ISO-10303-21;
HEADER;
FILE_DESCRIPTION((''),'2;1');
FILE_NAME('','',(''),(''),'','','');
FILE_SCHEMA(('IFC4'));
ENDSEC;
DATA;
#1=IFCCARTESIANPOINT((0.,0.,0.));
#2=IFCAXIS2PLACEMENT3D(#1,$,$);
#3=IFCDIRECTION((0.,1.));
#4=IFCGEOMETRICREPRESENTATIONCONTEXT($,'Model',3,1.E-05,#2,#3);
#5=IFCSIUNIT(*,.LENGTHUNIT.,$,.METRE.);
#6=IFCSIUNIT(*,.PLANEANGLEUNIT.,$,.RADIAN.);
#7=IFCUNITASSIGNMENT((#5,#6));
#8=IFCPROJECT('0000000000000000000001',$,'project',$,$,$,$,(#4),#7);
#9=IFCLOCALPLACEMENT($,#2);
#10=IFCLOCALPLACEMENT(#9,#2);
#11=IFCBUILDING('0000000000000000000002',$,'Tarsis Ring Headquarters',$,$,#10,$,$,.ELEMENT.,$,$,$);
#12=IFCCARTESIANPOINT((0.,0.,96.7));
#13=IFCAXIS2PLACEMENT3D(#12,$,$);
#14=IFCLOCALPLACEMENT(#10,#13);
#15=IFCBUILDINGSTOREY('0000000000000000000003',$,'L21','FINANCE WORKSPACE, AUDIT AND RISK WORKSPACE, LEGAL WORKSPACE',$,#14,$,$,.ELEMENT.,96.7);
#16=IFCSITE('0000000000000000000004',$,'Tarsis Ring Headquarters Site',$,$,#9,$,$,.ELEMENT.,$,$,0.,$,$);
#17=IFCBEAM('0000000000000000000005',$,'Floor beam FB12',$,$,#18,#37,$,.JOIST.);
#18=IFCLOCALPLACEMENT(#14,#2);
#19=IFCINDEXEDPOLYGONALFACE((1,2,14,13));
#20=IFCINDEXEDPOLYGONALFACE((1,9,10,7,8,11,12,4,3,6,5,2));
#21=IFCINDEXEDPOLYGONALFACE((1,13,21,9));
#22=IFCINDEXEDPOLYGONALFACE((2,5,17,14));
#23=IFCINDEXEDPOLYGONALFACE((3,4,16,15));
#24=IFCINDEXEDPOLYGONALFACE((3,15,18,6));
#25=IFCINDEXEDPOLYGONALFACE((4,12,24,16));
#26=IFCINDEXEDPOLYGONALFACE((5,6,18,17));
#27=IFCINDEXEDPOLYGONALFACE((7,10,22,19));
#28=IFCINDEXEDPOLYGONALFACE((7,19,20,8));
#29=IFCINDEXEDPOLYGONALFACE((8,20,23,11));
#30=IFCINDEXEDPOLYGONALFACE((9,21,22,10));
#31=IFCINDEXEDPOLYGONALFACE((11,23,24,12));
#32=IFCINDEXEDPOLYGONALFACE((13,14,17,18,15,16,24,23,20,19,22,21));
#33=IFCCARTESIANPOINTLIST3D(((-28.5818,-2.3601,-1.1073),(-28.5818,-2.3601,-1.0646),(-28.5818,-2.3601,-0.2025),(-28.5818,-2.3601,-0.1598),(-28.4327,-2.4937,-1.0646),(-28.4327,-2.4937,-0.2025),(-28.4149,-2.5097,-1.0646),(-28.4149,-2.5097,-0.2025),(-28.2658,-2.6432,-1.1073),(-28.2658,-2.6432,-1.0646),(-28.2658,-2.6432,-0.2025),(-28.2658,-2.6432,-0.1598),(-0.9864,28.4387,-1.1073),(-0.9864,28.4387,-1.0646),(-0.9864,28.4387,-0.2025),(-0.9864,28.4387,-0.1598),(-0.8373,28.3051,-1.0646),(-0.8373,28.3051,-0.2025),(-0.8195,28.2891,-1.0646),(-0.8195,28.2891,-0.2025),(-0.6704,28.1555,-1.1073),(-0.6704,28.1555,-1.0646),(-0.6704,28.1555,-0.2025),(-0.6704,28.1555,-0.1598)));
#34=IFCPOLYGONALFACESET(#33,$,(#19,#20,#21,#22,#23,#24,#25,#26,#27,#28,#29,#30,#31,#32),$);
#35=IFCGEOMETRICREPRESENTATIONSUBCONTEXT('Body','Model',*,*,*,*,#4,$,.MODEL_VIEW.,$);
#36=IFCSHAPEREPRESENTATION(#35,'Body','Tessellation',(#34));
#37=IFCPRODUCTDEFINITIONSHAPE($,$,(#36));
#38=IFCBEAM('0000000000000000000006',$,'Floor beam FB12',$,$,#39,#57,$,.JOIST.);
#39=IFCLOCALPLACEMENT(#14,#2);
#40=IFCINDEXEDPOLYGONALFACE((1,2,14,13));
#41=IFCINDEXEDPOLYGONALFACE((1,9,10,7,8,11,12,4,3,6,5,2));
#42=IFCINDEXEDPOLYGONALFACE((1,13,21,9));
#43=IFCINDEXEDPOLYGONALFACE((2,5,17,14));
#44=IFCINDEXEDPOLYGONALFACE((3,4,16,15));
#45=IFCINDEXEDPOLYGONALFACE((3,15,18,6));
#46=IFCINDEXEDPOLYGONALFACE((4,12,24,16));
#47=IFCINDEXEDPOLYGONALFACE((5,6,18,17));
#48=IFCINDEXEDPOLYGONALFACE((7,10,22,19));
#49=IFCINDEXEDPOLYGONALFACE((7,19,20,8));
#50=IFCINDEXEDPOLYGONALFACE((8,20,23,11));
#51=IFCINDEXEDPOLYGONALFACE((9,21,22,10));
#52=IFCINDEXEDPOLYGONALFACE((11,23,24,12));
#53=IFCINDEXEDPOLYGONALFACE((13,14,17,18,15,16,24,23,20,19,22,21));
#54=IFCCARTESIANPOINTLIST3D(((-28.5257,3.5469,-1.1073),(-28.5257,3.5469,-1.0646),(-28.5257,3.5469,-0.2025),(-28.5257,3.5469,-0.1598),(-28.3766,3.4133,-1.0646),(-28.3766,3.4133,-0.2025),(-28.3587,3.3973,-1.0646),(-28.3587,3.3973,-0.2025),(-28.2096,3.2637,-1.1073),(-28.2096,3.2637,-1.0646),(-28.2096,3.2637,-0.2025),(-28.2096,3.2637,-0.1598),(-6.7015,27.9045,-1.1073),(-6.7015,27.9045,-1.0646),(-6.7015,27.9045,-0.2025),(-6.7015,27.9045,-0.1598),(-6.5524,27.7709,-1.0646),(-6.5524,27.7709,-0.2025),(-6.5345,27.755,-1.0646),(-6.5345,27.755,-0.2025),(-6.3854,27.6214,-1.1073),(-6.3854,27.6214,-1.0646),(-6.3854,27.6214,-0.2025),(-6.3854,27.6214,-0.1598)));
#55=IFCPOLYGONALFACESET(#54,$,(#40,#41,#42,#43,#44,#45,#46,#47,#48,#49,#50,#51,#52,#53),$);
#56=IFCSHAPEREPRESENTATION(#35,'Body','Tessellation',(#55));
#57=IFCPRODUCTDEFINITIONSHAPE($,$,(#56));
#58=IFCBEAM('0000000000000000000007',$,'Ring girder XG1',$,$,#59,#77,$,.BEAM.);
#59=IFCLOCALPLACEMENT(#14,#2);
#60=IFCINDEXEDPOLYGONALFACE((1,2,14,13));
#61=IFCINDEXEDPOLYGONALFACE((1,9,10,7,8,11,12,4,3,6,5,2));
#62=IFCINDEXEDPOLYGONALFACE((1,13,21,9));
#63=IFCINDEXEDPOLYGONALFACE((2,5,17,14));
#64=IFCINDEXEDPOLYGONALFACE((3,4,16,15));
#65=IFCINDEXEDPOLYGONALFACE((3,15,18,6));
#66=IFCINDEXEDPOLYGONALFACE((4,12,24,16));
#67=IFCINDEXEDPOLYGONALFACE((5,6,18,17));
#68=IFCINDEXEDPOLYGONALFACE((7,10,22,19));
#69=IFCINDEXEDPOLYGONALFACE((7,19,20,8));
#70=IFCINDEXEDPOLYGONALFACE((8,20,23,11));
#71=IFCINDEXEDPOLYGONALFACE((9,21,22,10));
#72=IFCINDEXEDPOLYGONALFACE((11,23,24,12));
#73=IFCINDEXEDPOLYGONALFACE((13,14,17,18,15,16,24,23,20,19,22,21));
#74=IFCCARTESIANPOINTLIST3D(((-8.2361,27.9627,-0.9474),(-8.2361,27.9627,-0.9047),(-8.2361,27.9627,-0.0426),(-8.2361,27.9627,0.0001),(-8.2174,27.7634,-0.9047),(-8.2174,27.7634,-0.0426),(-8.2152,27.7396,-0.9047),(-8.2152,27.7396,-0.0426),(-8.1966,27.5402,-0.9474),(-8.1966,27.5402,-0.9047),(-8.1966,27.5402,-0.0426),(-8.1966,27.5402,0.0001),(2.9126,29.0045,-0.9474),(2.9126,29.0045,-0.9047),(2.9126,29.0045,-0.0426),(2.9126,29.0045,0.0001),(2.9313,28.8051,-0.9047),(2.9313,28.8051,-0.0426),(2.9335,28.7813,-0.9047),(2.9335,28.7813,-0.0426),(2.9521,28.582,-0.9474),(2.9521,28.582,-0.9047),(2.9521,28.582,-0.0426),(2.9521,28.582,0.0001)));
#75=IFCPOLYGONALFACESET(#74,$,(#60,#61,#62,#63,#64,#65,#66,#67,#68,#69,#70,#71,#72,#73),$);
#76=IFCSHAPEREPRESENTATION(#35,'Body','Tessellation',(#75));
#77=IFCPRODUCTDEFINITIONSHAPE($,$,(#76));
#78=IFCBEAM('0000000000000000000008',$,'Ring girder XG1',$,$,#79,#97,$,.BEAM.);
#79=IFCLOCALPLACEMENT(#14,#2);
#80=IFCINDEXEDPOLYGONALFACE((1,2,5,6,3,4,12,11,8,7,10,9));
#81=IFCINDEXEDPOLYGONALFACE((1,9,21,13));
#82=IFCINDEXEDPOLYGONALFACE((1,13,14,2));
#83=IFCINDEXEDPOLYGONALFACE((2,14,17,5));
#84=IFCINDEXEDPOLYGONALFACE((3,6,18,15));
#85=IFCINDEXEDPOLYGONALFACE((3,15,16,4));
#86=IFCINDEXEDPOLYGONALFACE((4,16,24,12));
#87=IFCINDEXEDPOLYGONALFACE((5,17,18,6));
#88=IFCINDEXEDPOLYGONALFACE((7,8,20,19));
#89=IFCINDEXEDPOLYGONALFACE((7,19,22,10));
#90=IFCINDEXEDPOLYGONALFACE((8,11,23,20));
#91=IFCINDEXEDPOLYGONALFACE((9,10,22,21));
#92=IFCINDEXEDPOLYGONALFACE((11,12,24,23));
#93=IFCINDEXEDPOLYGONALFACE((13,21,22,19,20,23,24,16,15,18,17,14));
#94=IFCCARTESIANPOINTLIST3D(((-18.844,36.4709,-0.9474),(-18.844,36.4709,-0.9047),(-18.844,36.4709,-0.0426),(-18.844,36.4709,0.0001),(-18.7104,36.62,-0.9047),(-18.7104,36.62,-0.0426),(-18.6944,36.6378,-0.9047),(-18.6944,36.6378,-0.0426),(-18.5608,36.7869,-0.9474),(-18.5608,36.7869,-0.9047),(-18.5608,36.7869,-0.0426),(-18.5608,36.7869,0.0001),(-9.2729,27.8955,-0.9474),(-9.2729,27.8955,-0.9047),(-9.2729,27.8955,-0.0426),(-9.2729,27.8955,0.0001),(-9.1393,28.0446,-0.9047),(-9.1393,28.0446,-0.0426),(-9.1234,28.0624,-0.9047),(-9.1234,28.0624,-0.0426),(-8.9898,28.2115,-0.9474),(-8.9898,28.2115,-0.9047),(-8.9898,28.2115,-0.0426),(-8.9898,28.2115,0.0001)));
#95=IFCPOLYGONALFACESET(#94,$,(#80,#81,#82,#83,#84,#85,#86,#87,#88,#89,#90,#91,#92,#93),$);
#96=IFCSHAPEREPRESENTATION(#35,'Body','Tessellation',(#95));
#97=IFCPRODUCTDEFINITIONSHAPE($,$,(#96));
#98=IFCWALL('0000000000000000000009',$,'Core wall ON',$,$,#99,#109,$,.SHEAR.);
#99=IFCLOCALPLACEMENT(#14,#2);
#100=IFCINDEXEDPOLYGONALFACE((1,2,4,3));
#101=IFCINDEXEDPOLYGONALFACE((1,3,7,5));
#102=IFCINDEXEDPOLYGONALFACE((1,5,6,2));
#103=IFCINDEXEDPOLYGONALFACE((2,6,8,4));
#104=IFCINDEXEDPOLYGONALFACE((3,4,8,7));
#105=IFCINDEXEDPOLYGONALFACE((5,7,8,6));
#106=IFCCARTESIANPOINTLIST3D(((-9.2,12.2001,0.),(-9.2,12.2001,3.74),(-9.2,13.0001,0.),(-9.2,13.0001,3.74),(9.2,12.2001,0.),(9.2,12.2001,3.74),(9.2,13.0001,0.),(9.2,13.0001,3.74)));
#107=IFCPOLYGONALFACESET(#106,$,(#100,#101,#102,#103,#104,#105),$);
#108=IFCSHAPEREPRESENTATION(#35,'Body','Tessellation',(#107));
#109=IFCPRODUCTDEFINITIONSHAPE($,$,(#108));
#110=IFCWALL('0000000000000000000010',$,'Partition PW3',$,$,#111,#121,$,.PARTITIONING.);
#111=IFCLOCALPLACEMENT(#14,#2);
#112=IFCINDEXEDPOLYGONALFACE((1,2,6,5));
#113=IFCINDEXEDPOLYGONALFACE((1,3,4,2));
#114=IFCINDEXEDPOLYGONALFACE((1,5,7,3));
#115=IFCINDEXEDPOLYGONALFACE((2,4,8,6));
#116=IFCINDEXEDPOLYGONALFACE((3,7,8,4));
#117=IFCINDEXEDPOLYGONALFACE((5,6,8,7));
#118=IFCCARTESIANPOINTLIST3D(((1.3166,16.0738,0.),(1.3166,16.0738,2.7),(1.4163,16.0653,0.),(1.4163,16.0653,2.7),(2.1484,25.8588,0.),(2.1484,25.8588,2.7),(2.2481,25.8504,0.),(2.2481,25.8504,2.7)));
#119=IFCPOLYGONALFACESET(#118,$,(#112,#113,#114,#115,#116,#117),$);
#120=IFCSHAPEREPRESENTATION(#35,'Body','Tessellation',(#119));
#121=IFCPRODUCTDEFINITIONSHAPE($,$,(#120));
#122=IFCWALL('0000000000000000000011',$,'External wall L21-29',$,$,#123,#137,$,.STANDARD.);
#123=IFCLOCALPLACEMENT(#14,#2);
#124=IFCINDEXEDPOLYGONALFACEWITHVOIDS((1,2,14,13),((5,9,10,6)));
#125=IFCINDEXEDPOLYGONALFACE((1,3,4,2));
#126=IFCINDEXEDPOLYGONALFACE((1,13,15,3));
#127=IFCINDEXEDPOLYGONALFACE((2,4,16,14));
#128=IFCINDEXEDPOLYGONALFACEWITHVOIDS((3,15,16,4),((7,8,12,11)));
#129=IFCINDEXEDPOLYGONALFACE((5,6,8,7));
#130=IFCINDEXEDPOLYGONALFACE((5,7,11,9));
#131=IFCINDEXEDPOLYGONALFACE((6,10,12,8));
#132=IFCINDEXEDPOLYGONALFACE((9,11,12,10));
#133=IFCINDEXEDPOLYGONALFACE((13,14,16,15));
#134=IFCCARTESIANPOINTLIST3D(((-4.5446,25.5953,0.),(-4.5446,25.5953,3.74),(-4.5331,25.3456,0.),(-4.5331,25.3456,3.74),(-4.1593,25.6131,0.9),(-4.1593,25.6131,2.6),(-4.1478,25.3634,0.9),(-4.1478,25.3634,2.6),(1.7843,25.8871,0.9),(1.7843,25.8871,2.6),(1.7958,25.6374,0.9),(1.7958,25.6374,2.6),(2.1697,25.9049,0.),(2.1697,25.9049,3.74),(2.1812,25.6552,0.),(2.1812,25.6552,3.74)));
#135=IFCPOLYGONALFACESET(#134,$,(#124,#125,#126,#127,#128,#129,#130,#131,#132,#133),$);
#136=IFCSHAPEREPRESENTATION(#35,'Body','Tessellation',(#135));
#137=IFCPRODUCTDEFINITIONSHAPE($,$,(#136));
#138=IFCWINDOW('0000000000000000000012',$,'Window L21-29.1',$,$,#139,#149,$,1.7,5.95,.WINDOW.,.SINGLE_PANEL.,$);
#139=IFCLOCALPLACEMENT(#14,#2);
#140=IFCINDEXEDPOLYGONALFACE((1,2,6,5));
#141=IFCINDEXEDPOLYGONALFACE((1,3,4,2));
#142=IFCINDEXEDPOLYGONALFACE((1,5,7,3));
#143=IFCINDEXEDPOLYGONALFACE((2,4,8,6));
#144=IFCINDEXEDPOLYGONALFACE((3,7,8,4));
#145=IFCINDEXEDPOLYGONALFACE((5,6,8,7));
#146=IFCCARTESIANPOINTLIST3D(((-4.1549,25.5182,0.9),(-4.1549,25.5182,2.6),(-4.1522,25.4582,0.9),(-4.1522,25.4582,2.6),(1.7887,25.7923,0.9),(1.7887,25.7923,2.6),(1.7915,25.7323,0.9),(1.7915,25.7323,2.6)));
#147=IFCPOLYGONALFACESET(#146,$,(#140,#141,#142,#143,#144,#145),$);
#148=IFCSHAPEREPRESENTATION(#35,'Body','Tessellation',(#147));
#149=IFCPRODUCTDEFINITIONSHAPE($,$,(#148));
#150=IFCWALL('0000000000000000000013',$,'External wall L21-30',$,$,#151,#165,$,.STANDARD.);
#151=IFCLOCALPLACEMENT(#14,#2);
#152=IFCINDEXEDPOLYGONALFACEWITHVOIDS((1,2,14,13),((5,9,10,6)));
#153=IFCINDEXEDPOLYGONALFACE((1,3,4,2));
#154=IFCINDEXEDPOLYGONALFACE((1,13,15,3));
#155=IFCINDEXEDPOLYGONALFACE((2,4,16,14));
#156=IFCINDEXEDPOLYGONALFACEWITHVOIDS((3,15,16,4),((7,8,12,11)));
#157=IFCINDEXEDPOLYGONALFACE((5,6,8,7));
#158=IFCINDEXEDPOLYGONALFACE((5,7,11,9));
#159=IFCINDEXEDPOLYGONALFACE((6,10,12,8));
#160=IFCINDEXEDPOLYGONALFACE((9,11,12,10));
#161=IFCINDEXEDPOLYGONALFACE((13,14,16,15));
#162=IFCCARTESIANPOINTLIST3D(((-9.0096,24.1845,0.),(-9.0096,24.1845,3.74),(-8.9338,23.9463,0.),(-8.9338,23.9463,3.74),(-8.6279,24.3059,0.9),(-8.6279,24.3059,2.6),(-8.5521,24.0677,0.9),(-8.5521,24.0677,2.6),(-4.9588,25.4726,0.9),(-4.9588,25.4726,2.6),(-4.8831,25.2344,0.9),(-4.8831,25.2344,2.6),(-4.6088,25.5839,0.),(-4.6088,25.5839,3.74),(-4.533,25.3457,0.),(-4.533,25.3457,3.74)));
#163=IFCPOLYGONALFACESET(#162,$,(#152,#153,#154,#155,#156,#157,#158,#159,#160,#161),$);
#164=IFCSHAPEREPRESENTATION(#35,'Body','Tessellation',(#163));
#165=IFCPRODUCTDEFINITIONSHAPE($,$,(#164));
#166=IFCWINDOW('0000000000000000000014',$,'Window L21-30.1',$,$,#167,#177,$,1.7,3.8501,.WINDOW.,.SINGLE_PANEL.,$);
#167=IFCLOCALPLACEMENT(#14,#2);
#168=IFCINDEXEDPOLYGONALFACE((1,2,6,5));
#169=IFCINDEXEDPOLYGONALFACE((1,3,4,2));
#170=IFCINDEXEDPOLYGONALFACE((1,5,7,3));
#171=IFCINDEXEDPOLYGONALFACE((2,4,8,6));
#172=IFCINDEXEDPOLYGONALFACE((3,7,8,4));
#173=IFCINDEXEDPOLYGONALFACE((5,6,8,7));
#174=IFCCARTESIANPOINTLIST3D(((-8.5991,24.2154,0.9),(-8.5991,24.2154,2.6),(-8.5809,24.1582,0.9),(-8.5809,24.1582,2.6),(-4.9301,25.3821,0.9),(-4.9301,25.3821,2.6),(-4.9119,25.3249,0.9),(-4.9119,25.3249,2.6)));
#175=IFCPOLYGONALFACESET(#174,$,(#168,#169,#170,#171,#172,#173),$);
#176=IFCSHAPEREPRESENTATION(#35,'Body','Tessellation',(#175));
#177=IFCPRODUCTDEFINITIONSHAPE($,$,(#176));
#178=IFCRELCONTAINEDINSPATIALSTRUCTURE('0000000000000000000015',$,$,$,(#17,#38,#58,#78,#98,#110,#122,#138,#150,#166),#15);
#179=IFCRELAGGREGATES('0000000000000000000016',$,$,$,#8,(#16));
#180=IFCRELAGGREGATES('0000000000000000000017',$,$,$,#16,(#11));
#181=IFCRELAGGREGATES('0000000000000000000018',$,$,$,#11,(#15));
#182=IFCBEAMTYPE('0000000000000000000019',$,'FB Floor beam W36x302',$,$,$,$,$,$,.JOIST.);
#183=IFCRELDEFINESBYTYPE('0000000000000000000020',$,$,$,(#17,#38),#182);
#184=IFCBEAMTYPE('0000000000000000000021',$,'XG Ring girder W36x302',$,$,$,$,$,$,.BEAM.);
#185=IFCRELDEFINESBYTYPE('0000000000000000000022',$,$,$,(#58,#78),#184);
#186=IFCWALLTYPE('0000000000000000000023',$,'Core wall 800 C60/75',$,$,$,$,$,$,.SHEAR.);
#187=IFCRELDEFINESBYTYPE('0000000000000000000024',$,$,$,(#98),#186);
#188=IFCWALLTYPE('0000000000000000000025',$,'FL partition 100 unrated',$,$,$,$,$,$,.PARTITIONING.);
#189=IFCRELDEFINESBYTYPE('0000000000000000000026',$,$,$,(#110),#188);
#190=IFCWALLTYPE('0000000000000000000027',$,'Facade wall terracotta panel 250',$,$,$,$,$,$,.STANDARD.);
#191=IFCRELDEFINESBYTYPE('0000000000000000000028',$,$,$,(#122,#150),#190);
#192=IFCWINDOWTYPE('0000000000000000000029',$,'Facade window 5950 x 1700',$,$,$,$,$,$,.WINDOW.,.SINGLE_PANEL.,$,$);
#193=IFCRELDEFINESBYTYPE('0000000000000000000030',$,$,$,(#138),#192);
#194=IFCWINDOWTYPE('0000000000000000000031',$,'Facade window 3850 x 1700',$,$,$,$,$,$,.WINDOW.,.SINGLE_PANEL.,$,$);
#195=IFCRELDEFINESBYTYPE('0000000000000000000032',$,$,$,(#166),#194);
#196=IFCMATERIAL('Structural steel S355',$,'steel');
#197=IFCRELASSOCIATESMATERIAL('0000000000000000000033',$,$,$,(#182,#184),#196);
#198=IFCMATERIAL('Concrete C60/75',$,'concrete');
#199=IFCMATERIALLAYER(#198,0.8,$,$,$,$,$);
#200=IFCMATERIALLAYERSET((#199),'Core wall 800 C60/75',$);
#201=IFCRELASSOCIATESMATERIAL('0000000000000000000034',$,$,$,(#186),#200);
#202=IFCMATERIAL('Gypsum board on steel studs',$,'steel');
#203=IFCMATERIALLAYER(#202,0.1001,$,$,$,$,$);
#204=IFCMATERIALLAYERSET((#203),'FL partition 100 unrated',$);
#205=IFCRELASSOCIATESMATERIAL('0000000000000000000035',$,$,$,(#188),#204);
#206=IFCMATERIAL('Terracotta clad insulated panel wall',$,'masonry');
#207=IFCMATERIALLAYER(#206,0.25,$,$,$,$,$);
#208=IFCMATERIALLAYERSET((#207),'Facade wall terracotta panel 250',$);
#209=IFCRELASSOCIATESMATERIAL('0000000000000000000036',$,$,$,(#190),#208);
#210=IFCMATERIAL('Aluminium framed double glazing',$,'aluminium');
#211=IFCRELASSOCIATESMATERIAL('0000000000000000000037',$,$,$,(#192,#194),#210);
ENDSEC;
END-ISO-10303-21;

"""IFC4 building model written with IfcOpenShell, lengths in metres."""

from ifc_helpers import new_model, si_unit, direction, frame, frame_2d, origin, origin_2d, place, context, subcontext, project, spatial, rectangle, i_section, extrude, material, layer, layer_set, material_profile, profile_set, type_object, element, fill, save


model = new_model("IFC4")

# Units and contexts
model_context = context("Model", 3, precision=1e-05, world=origin(), true_north=direction((0.0, 1.0)))
body_context = subcontext(model_context, "Body", "Model", "MODEL_VIEW")
ifc_project = project(units=[si_unit("LENGTHUNIT", "METRE"), si_unit("PLANEANGLEUNIT", "RADIAN")], contexts=[model_context])

# Site, building, storey
site_placement = place(None, origin())
site = spatial("IfcSite", under=ifc_project, at=site_placement, Name="Tarsis Ring Headquarters Site", CompositionType="ELEMENT", RefElevation=0.0)
building_placement = place(site_placement, origin())
building = spatial("IfcBuilding", under=site, at=building_placement, Name="Tarsis Ring Headquarters", CompositionType="ELEMENT")
storey_placement = place(building_placement, frame((0.0, 0.0, 96.7)))
storey = spatial("IfcBuildingStorey", under=building, at=storey_placement, Name="L21", Description="FINANCE WORKSPACE, AUDIT AND RISK WORKSPACE, LEGAL WORKSPACE", CompositionType="ELEMENT", Elevation=96.7)

# Shared definitions
ifc_material_1 = material(Name="Structural steel S355", Category="steel")

# Beams
ifc_material_profile_1 = material_profile(ifc_material_1, i_section(OverallWidth=0.4243, OverallDepth=0.9475, WebThickness=0.0239, FlangeThickness=0.0427, at=origin_2d()), Name="W36x302")
ifc_profile_set_1 = profile_set([ifc_material_profile_1], Name="Structural steel S355")
beam_type_1 = type_object("IfcBeamType", Name="FB Floor beam W36x302", PredefinedType="JOIST", material=ifc_profile_set_1)
beam_1_placement = place(storey_placement, frame((-0.8284, 28.2971, -0.6335), z_axis=(-0.667313, -0.744777, 0.0), x_axis=(0.744777, -0.667313, 0.0)))
element("IfcBeam", 1, at=beam_1_placement, inside=storey, type_object=beam_type_1, Name="Floor beam FB12", PredefinedType="JOIST", context=body_context, shape_type="SweptSolid", body=[
    extrude(i_section(OverallWidth=0.4243, OverallDepth=0.9475, WebThickness=0.0239, FlangeThickness=0.0427, at=origin_2d()), origin(), (0.0, 0.0, 1.0), 41.353),
])
beam_2_placement = place(storey_placement, frame((-6.5435, 27.7629, -0.6335), z_axis=(-0.667313, -0.744777, 0.0), x_axis=(0.744777, -0.667313, 0.0)))
element("IfcBeam", 2, at=beam_2_placement, inside=storey, type_object=beam_type_1, Name="Floor beam FB12", PredefinedType="JOIST", context=body_context, shape_type="SweptSolid", body=[
    extrude(i_section(OverallWidth=0.4243, OverallDepth=0.9475, WebThickness=0.0239, FlangeThickness=0.0427, at=origin_2d()), origin(), (0.0, 0.0, 1.0), 32.7046),
])
beam_type_2 = type_object("IfcBeamType", Name="XG Ring girder W36x302", PredefinedType="BEAM", material=ifc_profile_set_1)
beam_3_placement = place(storey_placement, frame((2.9324, 28.7932, -0.4736), z_axis=(-0.995663, -0.093036, 0.0), x_axis=(0.093036, -0.995663, 0.0)))
element("IfcBeam", 3, at=beam_3_placement, inside=storey, type_object=beam_type_2, Name="Ring girder XG1", PredefinedType="BEAM", context=body_context, shape_type="SweptSolid", body=[
    extrude(i_section(OverallWidth=0.4243, OverallDepth=0.9475, WebThickness=0.0239, FlangeThickness=0.0427, at=origin_2d()), origin(), (0.0, 0.0, 1.0), 11.1973),
])
beam_4_placement = place(storey_placement, frame((-9.1313, 28.0535, -0.4736), z_axis=(-0.744782, 0.667308, 0.0), x_axis=(-0.667308, -0.744782, 0.0)))
element("IfcBeam", 4, at=beam_4_placement, inside=storey, type_object=beam_type_2, Name="Ring girder XG1", PredefinedType="BEAM", context=body_context, shape_type="SweptSolid", body=[
    extrude(i_section(OverallWidth=0.4243, OverallDepth=0.9475, WebThickness=0.0239, FlangeThickness=0.0427, at=origin_2d()), origin(), (0.0, 0.0, 1.0), 12.8508),
])

# Walls
ifc_material_2 = material(Name="Concrete C60/75", Category="concrete")
ifc_layer_1 = layer(ifc_material_2, 0.8)
ifc_layer_set_1 = layer_set([ifc_layer_1], Name="Core wall 800 C60/75")
wall_type_1 = type_object("IfcWallType", Name="Core wall 800 C60/75", PredefinedType="SHEAR", material=ifc_layer_set_1)
wall_1_placement = place(storey_placement, frame((-9.2, 12.6001, 0.0), z_axis=(0.0, 0.0, 1.0), x_axis=(1.0, 0.0, 0.0)))
element("IfcWall", 5, at=wall_1_placement, inside=storey, type_object=wall_type_1, Name="Core wall ON", PredefinedType="SHEAR", context=body_context, shape_type="SweptSolid", body=[
    extrude(rectangle(XDim=18.3999, YDim=0.8, at=frame_2d((9.2, 0.0))), origin(), (0.0, 0.0, 1.0), 3.74),
])
ifc_material_3 = material(Name="Gypsum board on steel studs", Category="steel")
ifc_layer_2 = layer(ifc_material_3, 0.1001)
ifc_layer_set_2 = layer_set([ifc_layer_2], Name="FL partition 100 unrated")
wall_type_2 = type_object("IfcWallType", Name="FL partition 100 unrated", PredefinedType="PARTITIONING", material=ifc_layer_set_2)
wall_2_placement = place(storey_placement, frame((1.3665, 16.0696, 0.0), z_axis=(0.0, 0.0, 1.0), x_axis=(0.084702, 0.996406, 0.0)))
element("IfcWall", 6, at=wall_2_placement, inside=storey, type_object=wall_type_2, Name="Partition PW3", PredefinedType="PARTITIONING", context=body_context, shape_type="SweptSolid", body=[
    extrude(rectangle(XDim=9.8203, YDim=0.1001, at=frame_2d((4.9102, 0.0))), origin(), (0.0, 0.0, 1.0), 2.7),
])

# Walls, openings, windows
ifc_material_4 = material(Name="Terracotta clad insulated panel wall", Category="masonry")
ifc_layer_3 = layer(ifc_material_4, 0.25)
ifc_layer_set_3 = layer_set([ifc_layer_3], Name="Facade wall terracotta panel 250")
wall_type_3 = type_object("IfcWallType", Name="Facade wall terracotta panel 250", PredefinedType="STANDARD", material=ifc_layer_set_3)
wall_3_placement = place(storey_placement, frame((2.1755, 25.78, 0.0), z_axis=(0.0, 0.0, 1.0), x_axis=(-0.998939, -0.046057, 0.0)))
wall_3 = element("IfcWall", 7, at=wall_3_placement, inside=storey, type_object=wall_type_3, Name="External wall L21-29", PredefinedType="STANDARD", context=body_context, shape_type="SweptSolid", body=[
    extrude(rectangle(XDim=6.7214, YDim=0.25, at=frame_2d((3.3608, 0.0))), origin(), (0.0, 0.0, 1.0), 3.74),
])
opening_1_placement = place(wall_3_placement, frame((0.3857, 0.0, 0.8999)))
opening_1 = element("IfcOpeningElement", 8, at=opening_1_placement, cuts=wall_3, PredefinedType="OPENING", context=body_context, shape_type="SweptSolid", body=[
    extrude(rectangle(XDim=5.95, YDim=1.7, at=frame_2d((2.9751, 0.8501))), frame((0.0, 0.135, 0.0), z_axis=(0.0, -1.0, 0.0), x_axis=(1.0, 0.0, 0.0)), (0.0, 0.0, 1.0), 0.27),
])
ifc_material_5 = material(Name="Aluminium framed double glazing", Category="aluminium")
window_type_1 = type_object("IfcWindowType", Name="Facade window 5950 x 1700", PartitioningType="SINGLE_PANEL", PredefinedType="WINDOW", material=ifc_material_5)
window_1_placement = place(opening_1_placement, origin())
window_1 = element("IfcWindow", 9, at=window_1_placement, inside=storey, type_object=window_type_1, Name="Window L21-29.1", OverallHeight=1.7, OverallWidth=5.95, PartitioningType="SINGLE_PANEL", PredefinedType="WINDOW", context=body_context, shape_type="SweptSolid", body=[
    extrude(rectangle(XDim=5.95, YDim=1.7, at=frame_2d((2.9751, 0.8501))), frame((0.0, 0.03, 0.0), z_axis=(0.0, -1.0, 0.0), x_axis=(1.0, 0.0, 0.0)), (0.0, 0.0, 1.0), 0.0601),
])
fill(opening_1, window_1)
wall_4_placement = place(storey_placement, frame((-4.5708, 25.4648, 0.0), z_axis=(0.0, 0.0, 1.0), x_axis=(-0.95298, -0.303033, 0.0)))
wall_4 = element("IfcWall", 10, at=wall_4_placement, inside=storey, type_object=wall_type_3, Name="External wall L21-30", PredefinedType="STANDARD", context=body_context, shape_type="SweptSolid", body=[
    extrude(rectangle(XDim=4.6179, YDim=0.25, at=frame_2d((2.3091, 0.0))), origin(), (0.0, 0.0, 1.0), 3.74),
])
opening_2_placement = place(wall_4_placement, frame((0.3674, 0.0, 0.8999)))
opening_2 = element("IfcOpeningElement", 11, at=opening_2_placement, cuts=wall_4, PredefinedType="OPENING", context=body_context, shape_type="SweptSolid", body=[
    extrude(rectangle(XDim=3.8501, YDim=1.7, at=frame_2d((1.925, 0.8501))), frame((0.0, 0.135, 0.0), z_axis=(0.0, -1.0, 0.0), x_axis=(1.0, 0.0, 0.0)), (0.0, 0.0, 1.0), 0.27),
])
window_type_2 = type_object("IfcWindowType", Name="Facade window 3850 x 1700", PartitioningType="SINGLE_PANEL", PredefinedType="WINDOW", material=ifc_material_5)
window_2_placement = place(opening_2_placement, origin())
window_2 = element("IfcWindow", 12, at=window_2_placement, inside=storey, type_object=window_type_2, Name="Window L21-30.1", OverallHeight=1.7, OverallWidth=3.8501, PartitioningType="SINGLE_PANEL", PredefinedType="WINDOW", context=body_context, shape_type="SweptSolid", body=[
    extrude(rectangle(XDim=3.8501, YDim=1.7, at=frame_2d((1.925, 0.8501))), frame((0.0, 0.03, 0.0), z_axis=(0.0, -1.0, 0.0), x_axis=(1.0, 0.0, 0.0)), (0.0, 0.0, 1.0), 0.0601),
])
fill(opening_2, window_2)

save(model, "model.ifc")
